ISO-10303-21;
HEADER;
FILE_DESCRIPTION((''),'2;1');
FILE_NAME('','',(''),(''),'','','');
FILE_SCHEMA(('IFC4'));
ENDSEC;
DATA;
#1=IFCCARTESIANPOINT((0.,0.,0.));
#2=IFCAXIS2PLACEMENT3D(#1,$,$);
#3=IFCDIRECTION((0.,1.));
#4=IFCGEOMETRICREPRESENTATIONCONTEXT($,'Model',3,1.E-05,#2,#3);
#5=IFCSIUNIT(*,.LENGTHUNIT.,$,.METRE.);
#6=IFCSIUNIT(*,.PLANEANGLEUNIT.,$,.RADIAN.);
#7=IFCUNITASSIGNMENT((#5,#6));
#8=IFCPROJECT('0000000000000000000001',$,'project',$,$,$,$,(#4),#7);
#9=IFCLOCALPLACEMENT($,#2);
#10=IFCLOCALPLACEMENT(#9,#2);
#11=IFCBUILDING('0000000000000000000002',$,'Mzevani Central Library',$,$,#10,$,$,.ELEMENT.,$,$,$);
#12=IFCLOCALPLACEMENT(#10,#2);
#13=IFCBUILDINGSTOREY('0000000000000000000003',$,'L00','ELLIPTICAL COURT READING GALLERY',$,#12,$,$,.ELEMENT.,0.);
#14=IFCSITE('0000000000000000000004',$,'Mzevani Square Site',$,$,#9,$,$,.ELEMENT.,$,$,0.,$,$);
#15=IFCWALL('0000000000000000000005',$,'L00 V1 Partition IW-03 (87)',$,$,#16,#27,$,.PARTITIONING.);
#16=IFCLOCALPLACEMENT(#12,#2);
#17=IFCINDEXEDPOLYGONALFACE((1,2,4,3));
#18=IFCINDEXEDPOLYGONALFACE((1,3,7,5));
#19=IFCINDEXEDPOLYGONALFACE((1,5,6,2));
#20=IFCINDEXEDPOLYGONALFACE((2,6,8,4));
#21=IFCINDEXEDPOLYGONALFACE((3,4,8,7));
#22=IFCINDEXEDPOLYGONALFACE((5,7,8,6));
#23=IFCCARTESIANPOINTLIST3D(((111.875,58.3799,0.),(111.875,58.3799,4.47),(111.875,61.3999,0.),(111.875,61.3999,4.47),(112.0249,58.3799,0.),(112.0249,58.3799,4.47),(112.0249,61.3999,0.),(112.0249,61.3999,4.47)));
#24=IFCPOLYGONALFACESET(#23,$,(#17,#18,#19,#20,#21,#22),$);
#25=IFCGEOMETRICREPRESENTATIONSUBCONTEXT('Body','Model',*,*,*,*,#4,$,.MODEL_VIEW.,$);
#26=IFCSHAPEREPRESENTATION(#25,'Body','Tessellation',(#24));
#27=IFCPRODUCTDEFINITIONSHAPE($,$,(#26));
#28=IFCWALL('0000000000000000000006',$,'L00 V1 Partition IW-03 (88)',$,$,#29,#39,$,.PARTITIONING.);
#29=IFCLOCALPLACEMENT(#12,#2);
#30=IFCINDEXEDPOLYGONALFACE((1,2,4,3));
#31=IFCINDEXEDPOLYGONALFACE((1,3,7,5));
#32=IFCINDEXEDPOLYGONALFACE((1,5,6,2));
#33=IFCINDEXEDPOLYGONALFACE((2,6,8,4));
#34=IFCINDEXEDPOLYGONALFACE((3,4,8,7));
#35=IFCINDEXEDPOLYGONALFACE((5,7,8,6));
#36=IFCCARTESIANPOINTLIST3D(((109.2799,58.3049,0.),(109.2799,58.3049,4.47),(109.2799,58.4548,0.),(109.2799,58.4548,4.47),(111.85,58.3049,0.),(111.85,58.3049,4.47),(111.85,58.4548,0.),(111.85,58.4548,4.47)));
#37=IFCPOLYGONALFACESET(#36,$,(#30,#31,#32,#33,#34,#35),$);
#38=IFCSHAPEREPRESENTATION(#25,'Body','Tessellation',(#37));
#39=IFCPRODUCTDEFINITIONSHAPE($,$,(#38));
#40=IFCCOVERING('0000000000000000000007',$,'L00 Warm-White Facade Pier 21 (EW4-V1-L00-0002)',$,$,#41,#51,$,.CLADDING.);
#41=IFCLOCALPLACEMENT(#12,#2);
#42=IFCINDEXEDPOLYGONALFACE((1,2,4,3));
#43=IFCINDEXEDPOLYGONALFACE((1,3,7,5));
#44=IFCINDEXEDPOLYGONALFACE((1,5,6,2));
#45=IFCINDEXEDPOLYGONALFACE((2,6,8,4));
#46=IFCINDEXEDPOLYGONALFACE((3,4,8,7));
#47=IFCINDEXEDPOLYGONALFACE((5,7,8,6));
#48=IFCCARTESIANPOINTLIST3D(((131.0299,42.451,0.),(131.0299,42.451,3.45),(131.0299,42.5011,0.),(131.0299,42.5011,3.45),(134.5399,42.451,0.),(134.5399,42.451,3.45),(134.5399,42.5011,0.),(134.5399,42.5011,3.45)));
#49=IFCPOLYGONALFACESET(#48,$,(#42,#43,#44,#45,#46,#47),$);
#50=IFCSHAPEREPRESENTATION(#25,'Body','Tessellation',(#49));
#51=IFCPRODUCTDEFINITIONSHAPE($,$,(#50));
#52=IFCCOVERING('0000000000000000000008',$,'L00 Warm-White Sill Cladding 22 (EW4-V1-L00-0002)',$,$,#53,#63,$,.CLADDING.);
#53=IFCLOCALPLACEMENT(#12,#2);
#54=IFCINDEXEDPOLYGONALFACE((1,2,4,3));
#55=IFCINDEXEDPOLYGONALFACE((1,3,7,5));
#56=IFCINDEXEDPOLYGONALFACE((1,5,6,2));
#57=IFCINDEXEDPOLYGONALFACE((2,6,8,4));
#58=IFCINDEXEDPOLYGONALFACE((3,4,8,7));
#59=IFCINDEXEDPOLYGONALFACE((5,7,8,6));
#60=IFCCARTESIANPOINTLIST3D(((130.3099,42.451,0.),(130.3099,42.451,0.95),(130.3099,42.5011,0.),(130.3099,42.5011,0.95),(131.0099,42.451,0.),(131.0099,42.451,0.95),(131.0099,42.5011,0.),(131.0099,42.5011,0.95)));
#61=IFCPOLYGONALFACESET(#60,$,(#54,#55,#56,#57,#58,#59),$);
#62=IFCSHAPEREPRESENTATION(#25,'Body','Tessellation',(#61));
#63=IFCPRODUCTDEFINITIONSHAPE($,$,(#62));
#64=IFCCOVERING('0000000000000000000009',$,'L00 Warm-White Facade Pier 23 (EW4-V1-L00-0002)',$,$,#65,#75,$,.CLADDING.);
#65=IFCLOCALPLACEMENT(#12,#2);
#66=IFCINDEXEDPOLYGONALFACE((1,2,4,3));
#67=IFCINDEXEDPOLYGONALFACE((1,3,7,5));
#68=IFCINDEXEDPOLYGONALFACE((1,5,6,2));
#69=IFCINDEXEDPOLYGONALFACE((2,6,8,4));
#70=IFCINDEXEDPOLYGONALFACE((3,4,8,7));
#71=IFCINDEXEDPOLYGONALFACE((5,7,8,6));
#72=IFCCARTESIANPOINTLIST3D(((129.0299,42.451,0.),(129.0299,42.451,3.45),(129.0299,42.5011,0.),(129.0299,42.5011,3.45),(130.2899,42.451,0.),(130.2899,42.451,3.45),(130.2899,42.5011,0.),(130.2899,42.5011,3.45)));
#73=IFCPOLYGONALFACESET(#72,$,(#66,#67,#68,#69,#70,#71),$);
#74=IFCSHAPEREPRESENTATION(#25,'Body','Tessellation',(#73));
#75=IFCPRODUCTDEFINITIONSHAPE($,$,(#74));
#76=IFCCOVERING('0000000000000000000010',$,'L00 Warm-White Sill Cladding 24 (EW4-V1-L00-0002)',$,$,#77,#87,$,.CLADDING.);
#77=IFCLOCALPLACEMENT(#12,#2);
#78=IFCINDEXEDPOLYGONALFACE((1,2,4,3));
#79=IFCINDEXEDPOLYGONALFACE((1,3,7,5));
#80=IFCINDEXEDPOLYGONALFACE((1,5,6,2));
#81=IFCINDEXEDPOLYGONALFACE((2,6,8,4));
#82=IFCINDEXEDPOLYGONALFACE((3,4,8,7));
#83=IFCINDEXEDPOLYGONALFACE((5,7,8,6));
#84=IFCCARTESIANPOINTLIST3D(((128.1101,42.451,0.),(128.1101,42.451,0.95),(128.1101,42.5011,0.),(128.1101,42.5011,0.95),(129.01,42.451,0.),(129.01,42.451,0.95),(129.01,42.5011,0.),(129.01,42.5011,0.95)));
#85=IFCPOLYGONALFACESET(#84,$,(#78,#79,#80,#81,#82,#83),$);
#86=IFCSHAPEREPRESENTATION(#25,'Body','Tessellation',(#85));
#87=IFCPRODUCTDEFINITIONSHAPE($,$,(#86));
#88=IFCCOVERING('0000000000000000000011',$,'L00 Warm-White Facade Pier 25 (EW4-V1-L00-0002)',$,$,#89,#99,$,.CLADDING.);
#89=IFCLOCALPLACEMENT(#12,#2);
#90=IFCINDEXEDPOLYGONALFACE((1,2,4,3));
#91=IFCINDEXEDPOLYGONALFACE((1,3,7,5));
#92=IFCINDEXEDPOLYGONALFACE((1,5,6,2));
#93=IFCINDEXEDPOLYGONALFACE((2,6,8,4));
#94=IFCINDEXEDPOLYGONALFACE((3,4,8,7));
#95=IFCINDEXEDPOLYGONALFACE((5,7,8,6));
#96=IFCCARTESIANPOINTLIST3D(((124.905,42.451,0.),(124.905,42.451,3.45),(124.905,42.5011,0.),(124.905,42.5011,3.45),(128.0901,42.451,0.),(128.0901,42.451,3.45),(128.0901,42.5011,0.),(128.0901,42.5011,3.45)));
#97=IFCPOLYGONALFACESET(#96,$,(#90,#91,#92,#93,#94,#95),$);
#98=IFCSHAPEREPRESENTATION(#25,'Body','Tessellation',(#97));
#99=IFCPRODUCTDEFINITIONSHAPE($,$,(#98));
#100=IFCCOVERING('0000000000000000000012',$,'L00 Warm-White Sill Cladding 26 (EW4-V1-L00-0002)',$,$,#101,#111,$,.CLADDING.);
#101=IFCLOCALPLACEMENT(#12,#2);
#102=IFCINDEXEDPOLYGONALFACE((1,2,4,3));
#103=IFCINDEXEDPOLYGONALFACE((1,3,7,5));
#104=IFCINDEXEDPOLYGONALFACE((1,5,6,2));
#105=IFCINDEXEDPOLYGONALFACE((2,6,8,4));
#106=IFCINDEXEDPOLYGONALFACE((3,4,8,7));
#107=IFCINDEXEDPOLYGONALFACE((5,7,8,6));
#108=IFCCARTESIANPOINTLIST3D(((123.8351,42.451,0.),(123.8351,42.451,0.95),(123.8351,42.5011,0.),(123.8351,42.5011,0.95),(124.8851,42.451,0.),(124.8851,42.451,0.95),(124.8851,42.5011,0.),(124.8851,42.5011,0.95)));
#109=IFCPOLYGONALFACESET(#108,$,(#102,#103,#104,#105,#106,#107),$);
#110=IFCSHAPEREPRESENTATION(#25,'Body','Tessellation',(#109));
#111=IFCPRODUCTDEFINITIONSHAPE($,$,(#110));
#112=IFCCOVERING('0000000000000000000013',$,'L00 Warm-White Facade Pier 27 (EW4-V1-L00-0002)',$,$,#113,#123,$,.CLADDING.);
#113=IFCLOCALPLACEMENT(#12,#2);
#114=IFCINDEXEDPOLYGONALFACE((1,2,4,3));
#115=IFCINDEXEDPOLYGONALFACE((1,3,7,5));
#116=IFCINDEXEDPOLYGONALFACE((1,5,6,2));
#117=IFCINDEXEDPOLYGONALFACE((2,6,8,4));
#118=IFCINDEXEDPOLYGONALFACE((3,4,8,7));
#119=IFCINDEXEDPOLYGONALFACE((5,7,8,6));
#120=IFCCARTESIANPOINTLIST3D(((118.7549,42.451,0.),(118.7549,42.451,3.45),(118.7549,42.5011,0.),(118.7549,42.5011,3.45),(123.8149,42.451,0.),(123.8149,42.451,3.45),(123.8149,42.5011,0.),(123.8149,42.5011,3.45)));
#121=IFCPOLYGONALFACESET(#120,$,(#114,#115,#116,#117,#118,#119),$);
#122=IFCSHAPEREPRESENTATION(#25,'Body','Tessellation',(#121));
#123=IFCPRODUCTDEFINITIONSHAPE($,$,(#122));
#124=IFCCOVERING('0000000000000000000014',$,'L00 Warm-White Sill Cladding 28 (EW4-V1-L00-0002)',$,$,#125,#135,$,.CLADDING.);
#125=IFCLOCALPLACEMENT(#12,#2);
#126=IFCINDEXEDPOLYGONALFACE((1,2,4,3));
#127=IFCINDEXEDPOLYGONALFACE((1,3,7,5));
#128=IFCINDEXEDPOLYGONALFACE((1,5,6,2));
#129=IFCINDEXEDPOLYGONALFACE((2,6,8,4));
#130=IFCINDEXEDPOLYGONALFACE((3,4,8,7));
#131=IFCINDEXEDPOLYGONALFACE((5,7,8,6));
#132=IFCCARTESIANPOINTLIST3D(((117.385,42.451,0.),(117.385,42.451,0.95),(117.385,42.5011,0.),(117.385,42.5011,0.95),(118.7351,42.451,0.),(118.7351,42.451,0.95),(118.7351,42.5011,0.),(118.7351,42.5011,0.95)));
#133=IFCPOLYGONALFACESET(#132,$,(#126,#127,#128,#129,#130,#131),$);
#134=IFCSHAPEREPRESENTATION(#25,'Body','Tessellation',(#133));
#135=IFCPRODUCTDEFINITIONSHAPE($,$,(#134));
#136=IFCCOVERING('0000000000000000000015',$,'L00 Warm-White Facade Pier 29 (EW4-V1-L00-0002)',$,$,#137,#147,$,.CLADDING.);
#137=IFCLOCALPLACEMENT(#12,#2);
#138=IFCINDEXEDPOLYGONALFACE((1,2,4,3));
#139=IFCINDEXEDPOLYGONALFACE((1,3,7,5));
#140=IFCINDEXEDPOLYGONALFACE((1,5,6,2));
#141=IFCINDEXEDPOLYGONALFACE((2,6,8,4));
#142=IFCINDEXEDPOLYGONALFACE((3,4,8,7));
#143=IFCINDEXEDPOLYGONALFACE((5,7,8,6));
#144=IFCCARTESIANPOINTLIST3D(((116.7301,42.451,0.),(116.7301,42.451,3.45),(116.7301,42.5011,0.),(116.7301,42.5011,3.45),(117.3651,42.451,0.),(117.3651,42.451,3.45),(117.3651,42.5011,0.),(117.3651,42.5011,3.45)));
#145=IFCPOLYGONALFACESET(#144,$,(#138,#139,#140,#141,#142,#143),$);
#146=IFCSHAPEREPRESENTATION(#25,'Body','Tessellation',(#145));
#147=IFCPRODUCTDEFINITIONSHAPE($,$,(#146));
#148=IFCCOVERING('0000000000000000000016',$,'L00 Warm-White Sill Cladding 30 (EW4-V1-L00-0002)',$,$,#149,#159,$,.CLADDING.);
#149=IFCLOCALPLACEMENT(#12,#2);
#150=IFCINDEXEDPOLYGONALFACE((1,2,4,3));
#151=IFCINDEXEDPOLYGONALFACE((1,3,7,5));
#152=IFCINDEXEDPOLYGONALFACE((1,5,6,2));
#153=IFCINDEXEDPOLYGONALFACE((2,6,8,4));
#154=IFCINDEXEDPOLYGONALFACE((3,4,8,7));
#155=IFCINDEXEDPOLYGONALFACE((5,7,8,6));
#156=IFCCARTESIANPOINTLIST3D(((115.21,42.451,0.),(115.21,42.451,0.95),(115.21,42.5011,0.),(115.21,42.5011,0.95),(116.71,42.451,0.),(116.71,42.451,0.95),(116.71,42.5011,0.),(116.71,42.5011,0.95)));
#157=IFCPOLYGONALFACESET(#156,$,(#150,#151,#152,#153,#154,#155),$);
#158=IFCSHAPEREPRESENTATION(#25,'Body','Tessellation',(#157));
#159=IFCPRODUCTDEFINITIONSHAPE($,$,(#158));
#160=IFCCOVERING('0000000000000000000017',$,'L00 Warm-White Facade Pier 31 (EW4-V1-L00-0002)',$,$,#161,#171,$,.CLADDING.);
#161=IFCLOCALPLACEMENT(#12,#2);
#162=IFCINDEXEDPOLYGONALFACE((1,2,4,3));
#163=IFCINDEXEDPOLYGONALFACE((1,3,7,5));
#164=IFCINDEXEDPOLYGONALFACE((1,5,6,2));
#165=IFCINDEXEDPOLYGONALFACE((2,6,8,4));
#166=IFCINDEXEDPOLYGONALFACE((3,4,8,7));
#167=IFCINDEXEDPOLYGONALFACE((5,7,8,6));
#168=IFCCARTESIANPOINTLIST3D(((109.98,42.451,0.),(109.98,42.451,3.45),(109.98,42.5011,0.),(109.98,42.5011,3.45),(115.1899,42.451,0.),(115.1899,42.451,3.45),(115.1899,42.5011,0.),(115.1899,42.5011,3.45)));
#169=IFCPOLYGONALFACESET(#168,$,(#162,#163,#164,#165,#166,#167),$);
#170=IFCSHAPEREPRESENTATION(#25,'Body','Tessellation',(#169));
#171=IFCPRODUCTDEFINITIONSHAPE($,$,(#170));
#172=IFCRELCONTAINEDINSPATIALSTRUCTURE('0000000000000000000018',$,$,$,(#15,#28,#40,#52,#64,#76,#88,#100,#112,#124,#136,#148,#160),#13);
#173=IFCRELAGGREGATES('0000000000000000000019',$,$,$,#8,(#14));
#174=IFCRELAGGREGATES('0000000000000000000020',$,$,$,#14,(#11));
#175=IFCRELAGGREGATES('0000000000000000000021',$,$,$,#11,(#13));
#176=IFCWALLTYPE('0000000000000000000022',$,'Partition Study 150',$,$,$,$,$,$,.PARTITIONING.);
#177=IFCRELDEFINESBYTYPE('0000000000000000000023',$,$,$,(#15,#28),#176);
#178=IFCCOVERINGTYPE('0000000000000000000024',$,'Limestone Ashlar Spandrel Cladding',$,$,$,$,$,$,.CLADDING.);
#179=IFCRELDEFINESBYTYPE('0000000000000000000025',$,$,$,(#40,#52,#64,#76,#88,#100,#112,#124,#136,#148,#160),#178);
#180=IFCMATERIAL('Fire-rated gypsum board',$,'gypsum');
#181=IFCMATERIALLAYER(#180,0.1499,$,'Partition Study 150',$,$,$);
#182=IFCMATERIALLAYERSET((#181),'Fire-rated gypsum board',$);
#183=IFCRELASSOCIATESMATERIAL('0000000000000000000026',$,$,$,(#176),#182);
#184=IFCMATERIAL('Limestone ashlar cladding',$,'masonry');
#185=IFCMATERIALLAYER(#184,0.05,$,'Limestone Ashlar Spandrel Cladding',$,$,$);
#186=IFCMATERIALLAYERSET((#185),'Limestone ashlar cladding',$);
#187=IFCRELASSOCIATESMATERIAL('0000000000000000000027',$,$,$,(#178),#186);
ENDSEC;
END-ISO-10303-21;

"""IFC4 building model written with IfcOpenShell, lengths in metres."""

from ifc_helpers import new_model, si_unit, direction, frame, frame_2d, origin, origin_2d, place, context, subcontext, project, spatial, rectangle, extrude, material, layer, layer_set, type_object, element, save


model = new_model("IFC4")

# Units and contexts
model_context = context("Model", 3, precision=1e-05, world=origin(), true_north=direction((0.0, 1.0)))
body_context = subcontext(model_context, "Body", "Model", "MODEL_VIEW")
ifc_project = project(units=[si_unit("LENGTHUNIT", "METRE"), si_unit("PLANEANGLEUNIT", "RADIAN")], contexts=[model_context])

# Site, building, storey
site_placement = place(None, origin())
site = spatial("IfcSite", under=ifc_project, at=site_placement, Name="Mzevani Square Site", CompositionType="ELEMENT", RefElevation=0.0)
building_placement = place(site_placement, origin())
building = spatial("IfcBuilding", under=site, at=building_placement, Name="Mzevani Central Library", CompositionType="ELEMENT")
storey_placement = place(building_placement, origin())
storey = spatial("IfcBuildingStorey", under=building, at=storey_placement, Name="L00", Description="ELLIPTICAL COURT READING GALLERY", CompositionType="ELEMENT", Elevation=0.0)

# Shared definitions
ifc_material_1 = material(Name="Fire-rated gypsum board", Category="gypsum")

# Walls
ifc_layer_1 = layer(ifc_material_1, 0.1499, Name="Partition Study 150")
ifc_layer_set_1 = layer_set([ifc_layer_1], Name="Fire-rated gypsum board")
wall_type_1 = type_object("IfcWallType", Name="Partition Study 150", PredefinedType="PARTITIONING", material=ifc_layer_set_1)
wall_1_placement = place(storey_placement, frame((111.95, 61.3999, 0.0), z_axis=(0.0, 0.0, 1.0), x_axis=(0.0, -1.0, 0.0)))
element("IfcWall", 1, at=wall_1_placement, inside=storey, type_object=wall_type_1, Name="L00 V1 Partition IW-03 (87)", PredefinedType="PARTITIONING", context=body_context, shape_type="SweptSolid", body=[
    extrude(rectangle(XDim=3.02, YDim=0.1499, at=frame_2d((1.51, 0.0))), origin(), (0.0, 0.0, 1.0), 4.47),
])
wall_2_placement = place(storey_placement, frame((111.8501, 58.3799, 0.0), z_axis=(0.0, 0.0, 1.0), x_axis=(-1.0, 0.0, 0.0)))
element("IfcWall", 2, at=wall_2_placement, inside=storey, type_object=wall_type_1, Name="L00 V1 Partition IW-03 (88)", PredefinedType="PARTITIONING", context=body_context, shape_type="SweptSolid", body=[
    extrude(rectangle(XDim=2.5701, YDim=0.1499, at=frame_2d((1.2852, 0.0))), origin(), (0.0, 0.0, 1.0), 4.47),
])

# Coverings
ifc_material_2 = material(Name="Limestone ashlar cladding", Category="masonry")
ifc_layer_2 = layer(ifc_material_2, 0.05, Name="Limestone Ashlar Spandrel Cladding")
ifc_layer_set_2 = layer_set([ifc_layer_2], Name="Limestone ashlar cladding")
covering_type = type_object("IfcCoveringType", Name="Limestone Ashlar Spandrel Cladding", PredefinedType="CLADDING", material=ifc_layer_set_2)
covering_1_placement = place(storey_placement, frame((132.7849, 42.4761, 0.0), z_axis=(0.0, 0.0, 1.0), x_axis=(-1.0, 0.0, 0.0)))
element("IfcCovering", 3, at=covering_1_placement, inside=storey, type_object=covering_type, Name="L00 Warm-White Facade Pier 21 (EW4-V1-L00-0002)", PredefinedType="CLADDING", context=body_context, shape_type="SweptSolid", body=[
    extrude(rectangle(XDim=3.51, YDim=0.05, at=origin_2d()), origin(), (0.0, 0.0, 1.0), 3.45),
])
covering_2_placement = place(storey_placement, frame((130.6599, 42.4761, 0.0), z_axis=(0.0, 0.0, 1.0), x_axis=(-1.0, 0.0, 0.0)))
element("IfcCovering", 4, at=covering_2_placement, inside=storey, type_object=covering_type, Name="L00 Warm-White Sill Cladding 22 (EW4-V1-L00-0002)", PredefinedType="CLADDING", context=body_context, shape_type="SweptSolid", body=[
    extrude(rectangle(XDim=0.7, YDim=0.05, at=origin_2d()), origin(), (0.0, 0.0, 1.0), 0.95),
])
covering_3_placement = place(storey_placement, frame((129.6599, 42.4761, 0.0), z_axis=(0.0, 0.0, 1.0), x_axis=(-1.0, 0.0, 0.0)))
element("IfcCovering", 5, at=covering_3_placement, inside=storey, type_object=covering_type, Name="L00 Warm-White Facade Pier 23 (EW4-V1-L00-0002)", PredefinedType="CLADDING", context=body_context, shape_type="SweptSolid", body=[
    extrude(rectangle(XDim=1.26, YDim=0.05, at=origin_2d()), origin(), (0.0, 0.0, 1.0), 3.45),
])
covering_4_placement = place(storey_placement, frame((128.5601, 42.4761, 0.0), z_axis=(0.0, 0.0, 1.0), x_axis=(-1.0, 0.0, 0.0)))
element("IfcCovering", 6, at=covering_4_placement, inside=storey, type_object=covering_type, Name="L00 Warm-White Sill Cladding 24 (EW4-V1-L00-0002)", PredefinedType="CLADDING", context=body_context, shape_type="SweptSolid", body=[
    extrude(rectangle(XDim=0.8999, YDim=0.05, at=origin_2d()), origin(), (0.0, 0.0, 1.0), 0.95),
])
covering_5_placement = place(storey_placement, frame((126.4976, 42.4761, 0.0), z_axis=(0.0, 0.0, 1.0), x_axis=(-1.0, 0.0, 0.0)))
element("IfcCovering", 7, at=covering_5_placement, inside=storey, type_object=covering_type, Name="L00 Warm-White Facade Pier 25 (EW4-V1-L00-0002)", PredefinedType="CLADDING", context=body_context, shape_type="SweptSolid", body=[
    extrude(rectangle(XDim=3.1851, YDim=0.05, at=origin_2d()), origin(), (0.0, 0.0, 1.0), 3.45),
])
covering_6_placement = place(storey_placement, frame((124.3601, 42.4761, 0.0), z_axis=(0.0, 0.0, 1.0), x_axis=(-1.0, 0.0, 0.0)))
element("IfcCovering", 8, at=covering_6_placement, inside=storey, type_object=covering_type, Name="L00 Warm-White Sill Cladding 26 (EW4-V1-L00-0002)", PredefinedType="CLADDING", context=body_context, shape_type="SweptSolid", body=[
    extrude(rectangle(XDim=1.05, YDim=0.05, at=origin_2d()), origin(), (0.0, 0.0, 1.0), 0.95),
])
covering_7_placement = place(storey_placement, frame((121.2849, 42.4761, 0.0), z_axis=(0.0, 0.0, 1.0), x_axis=(-1.0, 0.0, 0.0)))
element("IfcCovering", 9, at=covering_7_placement, inside=storey, type_object=covering_type, Name="L00 Warm-White Facade Pier 27 (EW4-V1-L00-0002)", PredefinedType="CLADDING", context=body_context, shape_type="SweptSolid", body=[
    extrude(rectangle(XDim=5.0601, YDim=0.05, at=origin_2d()), origin(), (0.0, 0.0, 1.0), 3.45),
])
covering_8_placement = place(storey_placement, frame((118.0601, 42.4761, 0.0), z_axis=(0.0, 0.0, 1.0), x_axis=(-1.0, 0.0, 0.0)))
element("IfcCovering", 10, at=covering_8_placement, inside=storey, type_object=covering_type, Name="L00 Warm-White Sill Cladding 28 (EW4-V1-L00-0002)", PredefinedType="CLADDING", context=body_context, shape_type="SweptSolid", body=[
    extrude(rectangle(XDim=1.3501, YDim=0.05, at=origin_2d()), origin(), (0.0, 0.0, 1.0), 0.95),
])
covering_9_placement = place(storey_placement, frame((117.0476, 42.4761, 0.0), z_axis=(0.0, 0.0, 1.0), x_axis=(-1.0, 0.0, 0.0)))
element("IfcCovering", 11, at=covering_9_placement, inside=storey, type_object=covering_type, Name="L00 Warm-White Facade Pier 29 (EW4-V1-L00-0002)", PredefinedType="CLADDING", context=body_context, shape_type="SweptSolid", body=[
    extrude(rectangle(XDim=0.635, YDim=0.05, at=origin_2d()), origin(), (0.0, 0.0, 1.0), 3.45),
])
covering_10_placement = place(storey_placement, frame((115.96, 42.4761, 0.0), z_axis=(0.0, 0.0, 1.0), x_axis=(-1.0, 0.0, 0.0)))
element("IfcCovering", 12, at=covering_10_placement, inside=storey, type_object=covering_type, Name="L00 Warm-White Sill Cladding 30 (EW4-V1-L00-0002)", PredefinedType="CLADDING", context=body_context, shape_type="SweptSolid", body=[
    extrude(rectangle(XDim=1.5, YDim=0.05, at=origin_2d()), origin(), (0.0, 0.0, 1.0), 0.95),
])
covering_11_placement = place(storey_placement, frame((112.585, 42.4761, 0.0), z_axis=(0.0, 0.0, 1.0), x_axis=(-1.0, 0.0, 0.0)))
element("IfcCovering", 13, at=covering_11_placement, inside=storey, type_object=covering_type, Name="L00 Warm-White Facade Pier 31 (EW4-V1-L00-0002)", PredefinedType="CLADDING", context=body_context, shape_type="SweptSolid", body=[
    extrude(rectangle(XDim=5.21, YDim=0.05, at=origin_2d()), origin(), (0.0, 0.0, 1.0), 3.45),
])

save(model, "model.ifc")
